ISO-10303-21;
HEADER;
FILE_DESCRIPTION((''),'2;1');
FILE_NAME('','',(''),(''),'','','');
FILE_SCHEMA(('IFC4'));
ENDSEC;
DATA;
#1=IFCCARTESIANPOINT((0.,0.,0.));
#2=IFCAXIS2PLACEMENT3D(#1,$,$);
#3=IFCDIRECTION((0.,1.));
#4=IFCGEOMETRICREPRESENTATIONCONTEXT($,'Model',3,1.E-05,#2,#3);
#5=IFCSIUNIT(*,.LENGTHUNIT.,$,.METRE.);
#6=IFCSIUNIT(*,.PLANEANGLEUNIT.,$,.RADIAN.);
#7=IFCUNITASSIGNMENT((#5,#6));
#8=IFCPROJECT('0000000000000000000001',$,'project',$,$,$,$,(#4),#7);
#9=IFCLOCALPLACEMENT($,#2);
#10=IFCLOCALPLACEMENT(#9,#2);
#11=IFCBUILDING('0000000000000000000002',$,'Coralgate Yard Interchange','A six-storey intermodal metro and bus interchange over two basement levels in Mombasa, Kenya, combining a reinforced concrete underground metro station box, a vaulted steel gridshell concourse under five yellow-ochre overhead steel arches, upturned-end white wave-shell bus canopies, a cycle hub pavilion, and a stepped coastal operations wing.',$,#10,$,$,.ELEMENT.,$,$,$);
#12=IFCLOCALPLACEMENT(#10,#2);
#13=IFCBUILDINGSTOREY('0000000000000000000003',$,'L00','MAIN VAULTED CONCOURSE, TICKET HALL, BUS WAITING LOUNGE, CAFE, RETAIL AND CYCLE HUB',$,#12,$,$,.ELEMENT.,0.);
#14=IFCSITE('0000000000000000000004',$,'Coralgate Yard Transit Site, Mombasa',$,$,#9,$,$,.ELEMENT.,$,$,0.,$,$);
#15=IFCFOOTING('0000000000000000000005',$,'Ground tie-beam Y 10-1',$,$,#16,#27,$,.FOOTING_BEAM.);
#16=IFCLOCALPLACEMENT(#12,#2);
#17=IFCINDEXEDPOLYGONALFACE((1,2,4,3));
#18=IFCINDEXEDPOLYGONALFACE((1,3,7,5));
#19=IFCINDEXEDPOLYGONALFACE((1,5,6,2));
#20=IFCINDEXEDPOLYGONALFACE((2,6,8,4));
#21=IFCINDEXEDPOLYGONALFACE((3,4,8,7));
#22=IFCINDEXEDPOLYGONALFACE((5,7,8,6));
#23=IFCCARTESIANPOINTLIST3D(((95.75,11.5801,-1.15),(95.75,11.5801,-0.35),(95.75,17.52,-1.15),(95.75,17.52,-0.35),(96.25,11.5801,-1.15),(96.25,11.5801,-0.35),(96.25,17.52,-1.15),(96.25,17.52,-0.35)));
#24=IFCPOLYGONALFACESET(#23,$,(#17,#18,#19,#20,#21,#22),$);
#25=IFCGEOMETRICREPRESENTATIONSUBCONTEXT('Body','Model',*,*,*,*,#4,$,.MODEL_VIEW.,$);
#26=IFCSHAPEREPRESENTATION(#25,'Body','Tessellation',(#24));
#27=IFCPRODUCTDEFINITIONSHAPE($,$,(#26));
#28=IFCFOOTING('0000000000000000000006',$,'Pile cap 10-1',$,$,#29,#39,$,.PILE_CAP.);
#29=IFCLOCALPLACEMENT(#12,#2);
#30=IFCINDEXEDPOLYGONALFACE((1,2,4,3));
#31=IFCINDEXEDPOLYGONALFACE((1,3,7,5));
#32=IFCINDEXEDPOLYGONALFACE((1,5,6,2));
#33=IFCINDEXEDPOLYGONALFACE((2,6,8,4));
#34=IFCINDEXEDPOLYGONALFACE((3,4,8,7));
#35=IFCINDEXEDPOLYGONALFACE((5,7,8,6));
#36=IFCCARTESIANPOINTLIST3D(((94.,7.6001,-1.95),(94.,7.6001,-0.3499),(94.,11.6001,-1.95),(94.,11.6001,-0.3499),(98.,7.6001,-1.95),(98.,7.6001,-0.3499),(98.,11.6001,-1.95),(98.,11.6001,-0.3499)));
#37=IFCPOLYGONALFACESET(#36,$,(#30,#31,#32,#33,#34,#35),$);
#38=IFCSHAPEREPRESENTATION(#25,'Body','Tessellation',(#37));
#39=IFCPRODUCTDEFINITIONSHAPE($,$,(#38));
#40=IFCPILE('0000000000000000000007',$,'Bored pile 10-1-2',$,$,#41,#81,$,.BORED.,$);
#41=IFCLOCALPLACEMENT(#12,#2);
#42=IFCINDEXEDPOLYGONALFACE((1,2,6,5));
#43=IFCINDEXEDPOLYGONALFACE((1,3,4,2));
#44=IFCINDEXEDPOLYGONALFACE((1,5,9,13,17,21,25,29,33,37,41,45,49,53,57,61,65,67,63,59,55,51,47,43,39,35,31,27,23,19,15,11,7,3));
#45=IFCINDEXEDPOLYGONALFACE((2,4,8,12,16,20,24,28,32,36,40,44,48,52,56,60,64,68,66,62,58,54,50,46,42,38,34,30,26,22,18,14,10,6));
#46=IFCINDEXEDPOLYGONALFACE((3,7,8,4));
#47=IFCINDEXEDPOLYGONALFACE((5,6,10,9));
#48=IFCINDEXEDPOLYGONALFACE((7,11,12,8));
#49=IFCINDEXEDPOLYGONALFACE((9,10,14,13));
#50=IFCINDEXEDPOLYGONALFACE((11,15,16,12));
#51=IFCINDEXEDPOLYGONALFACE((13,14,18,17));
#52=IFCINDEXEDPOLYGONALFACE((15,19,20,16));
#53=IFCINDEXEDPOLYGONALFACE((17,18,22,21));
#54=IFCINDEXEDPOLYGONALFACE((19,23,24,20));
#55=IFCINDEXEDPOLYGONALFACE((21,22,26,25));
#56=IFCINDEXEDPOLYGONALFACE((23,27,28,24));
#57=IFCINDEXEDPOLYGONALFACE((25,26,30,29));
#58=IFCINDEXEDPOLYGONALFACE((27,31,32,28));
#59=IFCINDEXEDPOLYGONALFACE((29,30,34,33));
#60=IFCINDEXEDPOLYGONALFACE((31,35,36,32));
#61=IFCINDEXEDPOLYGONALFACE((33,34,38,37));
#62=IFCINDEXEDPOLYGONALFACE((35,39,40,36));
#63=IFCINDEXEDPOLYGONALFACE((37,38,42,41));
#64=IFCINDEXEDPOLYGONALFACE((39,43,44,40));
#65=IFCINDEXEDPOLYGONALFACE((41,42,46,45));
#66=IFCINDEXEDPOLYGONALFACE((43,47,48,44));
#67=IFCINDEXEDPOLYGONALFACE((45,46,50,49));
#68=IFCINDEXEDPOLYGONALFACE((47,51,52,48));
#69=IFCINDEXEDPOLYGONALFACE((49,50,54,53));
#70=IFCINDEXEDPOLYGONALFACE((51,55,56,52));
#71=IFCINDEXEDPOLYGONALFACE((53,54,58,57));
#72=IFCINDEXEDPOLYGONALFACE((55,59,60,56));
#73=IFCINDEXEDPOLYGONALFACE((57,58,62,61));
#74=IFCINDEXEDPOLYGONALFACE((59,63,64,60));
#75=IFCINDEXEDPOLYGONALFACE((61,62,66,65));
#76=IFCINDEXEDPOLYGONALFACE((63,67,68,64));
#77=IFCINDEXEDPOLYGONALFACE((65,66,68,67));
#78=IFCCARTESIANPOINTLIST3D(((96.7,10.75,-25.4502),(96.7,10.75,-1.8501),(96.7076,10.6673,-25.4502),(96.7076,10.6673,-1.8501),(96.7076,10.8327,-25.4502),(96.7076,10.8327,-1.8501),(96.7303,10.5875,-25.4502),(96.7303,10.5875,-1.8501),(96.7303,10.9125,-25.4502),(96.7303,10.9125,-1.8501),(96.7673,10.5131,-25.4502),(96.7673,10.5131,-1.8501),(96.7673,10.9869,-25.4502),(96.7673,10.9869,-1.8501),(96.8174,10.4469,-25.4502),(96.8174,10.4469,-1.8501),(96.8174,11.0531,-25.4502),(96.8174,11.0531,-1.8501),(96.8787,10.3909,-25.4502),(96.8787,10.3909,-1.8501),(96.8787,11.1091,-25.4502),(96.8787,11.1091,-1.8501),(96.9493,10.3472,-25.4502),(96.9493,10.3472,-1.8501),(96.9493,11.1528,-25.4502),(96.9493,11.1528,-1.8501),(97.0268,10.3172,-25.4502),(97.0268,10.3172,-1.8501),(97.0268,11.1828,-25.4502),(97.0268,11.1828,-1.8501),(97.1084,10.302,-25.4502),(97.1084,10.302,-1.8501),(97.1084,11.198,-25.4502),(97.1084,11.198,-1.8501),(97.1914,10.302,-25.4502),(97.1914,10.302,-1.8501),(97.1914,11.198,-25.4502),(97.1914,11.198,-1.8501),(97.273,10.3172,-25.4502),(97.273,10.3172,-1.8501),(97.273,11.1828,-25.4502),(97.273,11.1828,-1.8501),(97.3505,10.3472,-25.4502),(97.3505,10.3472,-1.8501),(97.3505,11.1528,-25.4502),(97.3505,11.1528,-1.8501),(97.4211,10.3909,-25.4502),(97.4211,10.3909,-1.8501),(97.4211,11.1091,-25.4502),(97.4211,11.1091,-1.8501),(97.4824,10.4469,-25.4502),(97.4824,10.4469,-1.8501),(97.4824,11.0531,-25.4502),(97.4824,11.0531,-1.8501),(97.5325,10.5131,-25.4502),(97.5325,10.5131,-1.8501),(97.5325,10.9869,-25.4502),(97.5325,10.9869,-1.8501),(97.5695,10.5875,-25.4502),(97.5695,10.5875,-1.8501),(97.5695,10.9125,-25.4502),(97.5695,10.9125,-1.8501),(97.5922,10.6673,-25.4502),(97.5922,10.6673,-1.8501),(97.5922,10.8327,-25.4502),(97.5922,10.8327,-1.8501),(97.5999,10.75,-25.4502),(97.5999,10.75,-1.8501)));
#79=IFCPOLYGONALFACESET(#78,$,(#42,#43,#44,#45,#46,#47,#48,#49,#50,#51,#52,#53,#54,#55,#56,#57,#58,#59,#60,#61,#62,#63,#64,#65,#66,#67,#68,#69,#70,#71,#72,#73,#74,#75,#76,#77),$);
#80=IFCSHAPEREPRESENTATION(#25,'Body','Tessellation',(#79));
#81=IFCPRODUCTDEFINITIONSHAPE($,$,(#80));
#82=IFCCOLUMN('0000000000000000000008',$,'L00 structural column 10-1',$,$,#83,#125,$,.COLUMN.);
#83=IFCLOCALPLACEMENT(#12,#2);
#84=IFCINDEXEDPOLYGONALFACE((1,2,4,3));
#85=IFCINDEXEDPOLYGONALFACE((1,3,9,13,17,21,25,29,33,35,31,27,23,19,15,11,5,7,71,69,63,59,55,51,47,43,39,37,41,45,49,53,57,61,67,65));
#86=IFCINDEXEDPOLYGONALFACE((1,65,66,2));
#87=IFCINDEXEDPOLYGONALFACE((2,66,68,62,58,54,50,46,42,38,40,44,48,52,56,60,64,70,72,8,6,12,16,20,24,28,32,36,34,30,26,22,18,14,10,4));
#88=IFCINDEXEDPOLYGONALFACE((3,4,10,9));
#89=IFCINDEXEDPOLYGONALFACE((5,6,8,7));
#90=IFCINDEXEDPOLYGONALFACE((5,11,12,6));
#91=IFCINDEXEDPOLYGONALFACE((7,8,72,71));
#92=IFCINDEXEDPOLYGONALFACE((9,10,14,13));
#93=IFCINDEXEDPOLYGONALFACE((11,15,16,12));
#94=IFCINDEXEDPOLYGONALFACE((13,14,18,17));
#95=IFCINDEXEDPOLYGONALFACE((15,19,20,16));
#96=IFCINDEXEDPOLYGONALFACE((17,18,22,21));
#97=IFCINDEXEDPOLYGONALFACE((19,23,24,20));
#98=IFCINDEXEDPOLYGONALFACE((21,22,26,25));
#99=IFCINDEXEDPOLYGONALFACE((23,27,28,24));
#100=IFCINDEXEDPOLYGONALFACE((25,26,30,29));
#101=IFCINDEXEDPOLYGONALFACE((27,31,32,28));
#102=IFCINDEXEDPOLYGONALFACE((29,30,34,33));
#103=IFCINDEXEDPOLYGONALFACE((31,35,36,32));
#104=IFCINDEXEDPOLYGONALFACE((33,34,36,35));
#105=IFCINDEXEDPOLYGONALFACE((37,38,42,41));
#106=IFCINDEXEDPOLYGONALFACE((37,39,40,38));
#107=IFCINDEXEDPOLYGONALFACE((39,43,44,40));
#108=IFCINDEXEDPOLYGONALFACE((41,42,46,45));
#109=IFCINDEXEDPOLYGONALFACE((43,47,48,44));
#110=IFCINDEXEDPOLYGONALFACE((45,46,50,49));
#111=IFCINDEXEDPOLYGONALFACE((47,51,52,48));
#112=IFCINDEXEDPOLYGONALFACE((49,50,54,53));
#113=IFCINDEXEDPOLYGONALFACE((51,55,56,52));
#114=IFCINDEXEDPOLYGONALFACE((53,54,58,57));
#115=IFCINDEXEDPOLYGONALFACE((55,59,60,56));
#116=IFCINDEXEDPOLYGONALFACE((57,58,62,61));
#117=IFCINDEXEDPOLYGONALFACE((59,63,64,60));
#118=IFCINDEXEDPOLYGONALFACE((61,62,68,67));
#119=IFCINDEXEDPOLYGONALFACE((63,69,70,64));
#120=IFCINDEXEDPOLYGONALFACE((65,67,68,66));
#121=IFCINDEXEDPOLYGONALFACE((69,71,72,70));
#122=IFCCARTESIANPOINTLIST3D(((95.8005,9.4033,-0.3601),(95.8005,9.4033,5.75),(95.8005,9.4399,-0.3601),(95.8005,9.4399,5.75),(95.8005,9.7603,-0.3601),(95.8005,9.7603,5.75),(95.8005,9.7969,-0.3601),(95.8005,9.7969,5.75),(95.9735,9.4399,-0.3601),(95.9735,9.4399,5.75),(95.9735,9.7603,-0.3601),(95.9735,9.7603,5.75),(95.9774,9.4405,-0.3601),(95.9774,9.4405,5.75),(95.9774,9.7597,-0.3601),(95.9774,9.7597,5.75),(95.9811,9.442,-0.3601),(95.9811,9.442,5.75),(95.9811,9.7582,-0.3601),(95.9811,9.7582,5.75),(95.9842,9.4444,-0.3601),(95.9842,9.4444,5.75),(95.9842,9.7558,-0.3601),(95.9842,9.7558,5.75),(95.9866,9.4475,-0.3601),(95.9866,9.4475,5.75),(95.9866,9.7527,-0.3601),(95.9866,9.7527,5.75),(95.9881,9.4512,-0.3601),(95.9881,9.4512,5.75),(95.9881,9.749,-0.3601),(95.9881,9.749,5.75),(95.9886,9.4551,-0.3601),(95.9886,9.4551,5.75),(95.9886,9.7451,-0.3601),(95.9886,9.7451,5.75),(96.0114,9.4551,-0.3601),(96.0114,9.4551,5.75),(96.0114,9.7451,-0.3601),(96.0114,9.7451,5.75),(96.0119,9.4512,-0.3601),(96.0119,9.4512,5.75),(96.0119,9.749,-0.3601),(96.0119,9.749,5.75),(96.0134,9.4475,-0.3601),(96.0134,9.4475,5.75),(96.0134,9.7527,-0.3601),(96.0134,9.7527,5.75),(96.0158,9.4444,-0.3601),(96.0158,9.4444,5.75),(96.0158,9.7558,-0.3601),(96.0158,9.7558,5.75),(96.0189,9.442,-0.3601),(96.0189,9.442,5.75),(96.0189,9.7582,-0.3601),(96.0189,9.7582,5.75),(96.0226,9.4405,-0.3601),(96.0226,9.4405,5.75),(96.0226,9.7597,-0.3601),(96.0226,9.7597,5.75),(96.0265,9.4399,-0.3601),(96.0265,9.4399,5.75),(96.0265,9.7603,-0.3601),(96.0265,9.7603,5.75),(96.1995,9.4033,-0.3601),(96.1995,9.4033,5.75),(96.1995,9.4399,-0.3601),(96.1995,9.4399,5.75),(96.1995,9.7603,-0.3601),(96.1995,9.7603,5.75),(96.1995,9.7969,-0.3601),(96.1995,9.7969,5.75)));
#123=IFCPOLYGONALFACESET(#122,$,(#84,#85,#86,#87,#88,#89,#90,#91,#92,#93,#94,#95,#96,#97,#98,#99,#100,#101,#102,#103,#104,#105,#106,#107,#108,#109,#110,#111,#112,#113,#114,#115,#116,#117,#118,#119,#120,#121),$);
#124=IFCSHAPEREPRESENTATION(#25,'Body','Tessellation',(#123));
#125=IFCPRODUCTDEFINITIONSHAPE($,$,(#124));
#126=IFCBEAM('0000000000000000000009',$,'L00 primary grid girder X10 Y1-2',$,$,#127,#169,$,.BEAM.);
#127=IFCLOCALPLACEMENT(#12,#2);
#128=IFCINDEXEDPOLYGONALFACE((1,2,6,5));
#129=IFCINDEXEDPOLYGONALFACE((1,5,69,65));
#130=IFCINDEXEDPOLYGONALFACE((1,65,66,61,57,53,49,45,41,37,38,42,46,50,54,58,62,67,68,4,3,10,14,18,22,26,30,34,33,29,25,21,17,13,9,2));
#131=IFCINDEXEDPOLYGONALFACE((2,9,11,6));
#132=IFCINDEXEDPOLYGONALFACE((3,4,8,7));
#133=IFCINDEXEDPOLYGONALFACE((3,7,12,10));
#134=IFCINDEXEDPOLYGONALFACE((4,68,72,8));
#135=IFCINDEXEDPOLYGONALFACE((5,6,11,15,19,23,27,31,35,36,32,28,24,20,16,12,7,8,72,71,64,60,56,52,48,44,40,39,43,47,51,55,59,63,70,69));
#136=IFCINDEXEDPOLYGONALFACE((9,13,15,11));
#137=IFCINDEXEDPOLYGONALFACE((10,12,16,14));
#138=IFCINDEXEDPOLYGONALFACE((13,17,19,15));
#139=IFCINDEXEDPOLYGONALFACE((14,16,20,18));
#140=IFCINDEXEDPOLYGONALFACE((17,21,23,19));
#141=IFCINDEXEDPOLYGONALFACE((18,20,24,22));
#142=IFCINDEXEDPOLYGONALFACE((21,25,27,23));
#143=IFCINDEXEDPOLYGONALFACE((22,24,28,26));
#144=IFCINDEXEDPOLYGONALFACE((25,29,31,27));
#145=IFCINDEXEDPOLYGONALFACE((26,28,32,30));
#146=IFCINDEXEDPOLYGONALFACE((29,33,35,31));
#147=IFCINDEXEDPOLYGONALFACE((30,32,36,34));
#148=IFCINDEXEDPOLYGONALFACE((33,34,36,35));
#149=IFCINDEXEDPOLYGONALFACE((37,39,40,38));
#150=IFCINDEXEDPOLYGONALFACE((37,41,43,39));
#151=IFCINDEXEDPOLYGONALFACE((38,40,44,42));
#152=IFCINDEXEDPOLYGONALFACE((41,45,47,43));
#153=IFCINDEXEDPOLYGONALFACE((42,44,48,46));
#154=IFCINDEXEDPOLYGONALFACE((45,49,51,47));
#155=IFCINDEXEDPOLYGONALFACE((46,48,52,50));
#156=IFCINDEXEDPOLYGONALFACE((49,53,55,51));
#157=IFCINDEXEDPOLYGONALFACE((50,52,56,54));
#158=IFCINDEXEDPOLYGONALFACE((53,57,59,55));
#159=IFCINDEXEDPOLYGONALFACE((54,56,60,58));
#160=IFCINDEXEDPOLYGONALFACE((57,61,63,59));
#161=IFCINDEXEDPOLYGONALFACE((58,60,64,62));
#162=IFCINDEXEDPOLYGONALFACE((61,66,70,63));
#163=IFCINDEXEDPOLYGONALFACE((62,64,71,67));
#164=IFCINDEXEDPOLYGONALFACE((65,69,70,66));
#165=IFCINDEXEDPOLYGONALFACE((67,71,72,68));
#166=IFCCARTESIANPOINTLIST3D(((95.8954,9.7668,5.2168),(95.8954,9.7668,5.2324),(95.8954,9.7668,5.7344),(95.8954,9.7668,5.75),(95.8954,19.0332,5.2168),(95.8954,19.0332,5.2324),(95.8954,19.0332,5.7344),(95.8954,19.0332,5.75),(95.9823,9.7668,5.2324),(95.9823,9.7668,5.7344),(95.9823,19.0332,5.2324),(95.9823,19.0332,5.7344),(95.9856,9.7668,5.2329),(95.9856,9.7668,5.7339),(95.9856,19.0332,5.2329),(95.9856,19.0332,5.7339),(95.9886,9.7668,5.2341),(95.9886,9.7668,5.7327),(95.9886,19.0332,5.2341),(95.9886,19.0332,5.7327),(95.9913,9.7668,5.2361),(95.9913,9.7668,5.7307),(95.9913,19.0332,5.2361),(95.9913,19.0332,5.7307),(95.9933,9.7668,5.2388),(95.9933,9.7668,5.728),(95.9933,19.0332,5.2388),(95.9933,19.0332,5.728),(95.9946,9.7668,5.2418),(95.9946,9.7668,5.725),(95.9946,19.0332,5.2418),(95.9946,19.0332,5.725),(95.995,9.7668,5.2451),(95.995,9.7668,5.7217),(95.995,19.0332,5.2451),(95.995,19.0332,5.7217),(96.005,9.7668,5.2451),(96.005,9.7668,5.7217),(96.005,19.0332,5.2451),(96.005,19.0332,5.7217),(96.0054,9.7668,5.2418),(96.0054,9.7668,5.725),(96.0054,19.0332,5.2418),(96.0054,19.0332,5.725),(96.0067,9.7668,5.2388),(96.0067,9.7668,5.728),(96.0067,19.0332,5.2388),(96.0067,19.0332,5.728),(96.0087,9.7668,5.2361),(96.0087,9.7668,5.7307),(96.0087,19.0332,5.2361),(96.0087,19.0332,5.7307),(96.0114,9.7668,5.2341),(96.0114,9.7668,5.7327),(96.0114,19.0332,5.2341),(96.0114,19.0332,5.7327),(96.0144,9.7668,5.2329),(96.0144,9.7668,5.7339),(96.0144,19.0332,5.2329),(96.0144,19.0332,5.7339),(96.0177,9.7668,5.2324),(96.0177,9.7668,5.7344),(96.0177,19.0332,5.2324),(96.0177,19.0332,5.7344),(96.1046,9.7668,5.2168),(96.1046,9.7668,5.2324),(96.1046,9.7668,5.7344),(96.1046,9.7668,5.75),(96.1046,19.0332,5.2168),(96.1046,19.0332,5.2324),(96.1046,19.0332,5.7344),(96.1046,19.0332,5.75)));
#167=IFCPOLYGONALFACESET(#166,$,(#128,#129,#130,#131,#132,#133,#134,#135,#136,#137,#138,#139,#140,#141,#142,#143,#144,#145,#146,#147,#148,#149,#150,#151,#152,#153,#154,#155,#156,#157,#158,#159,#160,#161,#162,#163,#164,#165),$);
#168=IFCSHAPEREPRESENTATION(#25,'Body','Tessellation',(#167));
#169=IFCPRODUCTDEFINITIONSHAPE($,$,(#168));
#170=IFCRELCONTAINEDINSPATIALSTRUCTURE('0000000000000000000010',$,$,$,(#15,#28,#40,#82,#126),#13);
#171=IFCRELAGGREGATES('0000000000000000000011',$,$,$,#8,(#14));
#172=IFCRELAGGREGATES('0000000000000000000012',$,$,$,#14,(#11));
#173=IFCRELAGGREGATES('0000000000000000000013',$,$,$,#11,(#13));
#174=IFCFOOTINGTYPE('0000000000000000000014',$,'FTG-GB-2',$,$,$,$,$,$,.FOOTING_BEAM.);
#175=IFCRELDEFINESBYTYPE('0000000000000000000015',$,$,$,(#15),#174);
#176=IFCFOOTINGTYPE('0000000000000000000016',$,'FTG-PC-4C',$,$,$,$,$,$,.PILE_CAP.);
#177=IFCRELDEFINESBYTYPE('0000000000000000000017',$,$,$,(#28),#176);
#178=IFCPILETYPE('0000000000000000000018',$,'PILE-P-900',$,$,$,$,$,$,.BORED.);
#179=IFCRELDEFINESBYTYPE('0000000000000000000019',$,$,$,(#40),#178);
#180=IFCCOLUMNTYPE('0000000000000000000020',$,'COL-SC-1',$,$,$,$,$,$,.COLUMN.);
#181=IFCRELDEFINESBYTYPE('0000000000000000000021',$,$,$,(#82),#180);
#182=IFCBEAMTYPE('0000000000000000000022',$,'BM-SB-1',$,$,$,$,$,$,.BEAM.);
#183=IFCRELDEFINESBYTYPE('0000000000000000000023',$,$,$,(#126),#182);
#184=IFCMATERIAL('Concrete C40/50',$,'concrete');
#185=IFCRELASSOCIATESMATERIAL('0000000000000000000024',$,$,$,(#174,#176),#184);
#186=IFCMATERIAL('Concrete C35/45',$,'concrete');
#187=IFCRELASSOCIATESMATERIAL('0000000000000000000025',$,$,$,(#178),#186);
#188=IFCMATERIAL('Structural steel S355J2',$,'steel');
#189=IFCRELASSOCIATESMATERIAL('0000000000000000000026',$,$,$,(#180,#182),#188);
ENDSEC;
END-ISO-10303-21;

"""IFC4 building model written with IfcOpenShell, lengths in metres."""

from ifc_helpers import new_model, si_unit, direction, frame, origin, origin_2d, place, context, subcontext, project, spatial, rectangle, circle, i_section, extrude, material, material_profile, profile_set, type_object, element, save


model = new_model("IFC4")

# Units and contexts
model_context = context("Model", 3, precision=1e-05, world=origin(), true_north=direction((0.0, 1.0)))
body_context = subcontext(model_context, "Body", "Model", "MODEL_VIEW")
ifc_project = project(units=[si_unit("LENGTHUNIT", "METRE"), si_unit("PLANEANGLEUNIT", "RADIAN")], contexts=[model_context])

# Site, building, storey
site_placement = place(None, origin())
site = spatial("IfcSite", under=ifc_project, at=site_placement, Name="Coralgate Yard Transit Site, Mombasa", CompositionType="ELEMENT", RefElevation=0.0)
building_placement = place(site_placement, origin())
building = spatial("IfcBuilding", under=site, at=building_placement, Name="Coralgate Yard Interchange", Description="A six-storey intermodal metro and bus interchange over two basement levels in Mombasa, Kenya, combining a reinforced concrete underground metro station box, a vaulted steel gridshell concourse under five yellow-ochre overhead steel arches, upturned-end white wave-shell bus canopies, a cycle hub pavilion, and a stepped coastal operations wing.", CompositionType="ELEMENT")
storey_placement = place(building_placement, origin())
storey = spatial("IfcBuildingStorey", under=building, at=storey_placement, Name="L00", Description="MAIN VAULTED CONCOURSE, TICKET HALL, BUS WAITING LOUNGE, CAFE, RETAIL AND CYCLE HUB", CompositionType="ELEMENT", Elevation=0.0)

# Footings
ifc_material_1 = material(Name="Concrete C40/50", Category="concrete")
ifc_material_profile_1 = material_profile(ifc_material_1, rectangle(XDim=0.5, YDim=0.8, at=origin_2d()), Name="RC 500x800")
ifc_profile_set_1 = profile_set([ifc_material_profile_1], Name="Concrete C40/50")
footing_type_1 = type_object("IfcFootingType", Name="FTG-GB-2", PredefinedType="FOOTING_BEAM", material=ifc_profile_set_1)
footing_1_placement = place(storey_placement, frame((96.0, 11.5801, -0.75), z_axis=(0.0, 1.0, 0.0), x_axis=(-1.0, 0.0, 0.0)))
element("IfcFooting", 1, at=footing_1_placement, inside=storey, type_object=footing_type_1, Name="Ground tie-beam Y 10-1", PredefinedType="FOOTING_BEAM", context=body_context, shape_type="SweptSolid", body=[
    extrude(rectangle(XDim=0.5, YDim=0.8, at=origin_2d()), origin(), (0.0, 0.0, 1.0), 5.9399),
])
footing_type_2 = type_object("IfcFootingType", Name="FTG-PC-4C", PredefinedType="PILE_CAP", material=ifc_material_1)
footing_2_placement = place(storey_placement, frame((96.0, 9.6001, -1.95), z_axis=(0.0, 0.0, 1.0), x_axis=(1.0, 0.0, 0.0)))
element("IfcFooting", 2, at=footing_2_placement, inside=storey, type_object=footing_type_2, Name="Pile cap 10-1", PredefinedType="PILE_CAP", context=body_context, shape_type="SweptSolid", body=[
    extrude(rectangle(XDim=4.0, YDim=4.0, at=origin_2d()), origin(), (0.0, 0.0, 1.0), 1.6001),
])

# Pile
ifc_material_2 = material(Name="Concrete C35/45", Category="concrete")
ifc_material_profile_2 = material_profile(ifc_material_2, circle(Radius=0.45, at=origin_2d()), Name="BORED PILE D900")
ifc_profile_set_2 = profile_set([ifc_material_profile_2], Name="Concrete C35/45")
pile_type = type_object("IfcPileType", Name="PILE-P-900", PredefinedType="BORED", material=ifc_profile_set_2)
pile_placement = place(storey_placement, frame((97.1499, 10.75, -1.8501), z_axis=(0.0, 0.0, -1.0), x_axis=(1.0, 0.0, 0.0)))
element("IfcPile", 3, at=pile_placement, inside=storey, type_object=pile_type, Name="Bored pile 10-1-2", PredefinedType="BORED", context=body_context, shape_type="SweptSolid", body=[
    extrude(circle(Radius=0.45, at=origin_2d()), origin(), (0.0, 0.0, 1.0), 23.6001),
])

# Column
ifc_material_3 = material(Name="Structural steel S355J2", Category="steel")
ifc_material_profile_3 = material_profile(ifc_material_3, i_section(OverallWidth=0.3989, OverallDepth=0.3936, WebThickness=0.0227, FlangeThickness=0.0366, FilletRadius=0.0151, at=origin_2d()), Name="UC 356x406x287")
ifc_profile_set_3 = profile_set([ifc_material_profile_3], Name="Structural steel S355J2")
column_type = type_object("IfcColumnType", Name="COL-SC-1", PredefinedType="COLUMN", material=ifc_profile_set_3)
column_placement = place(storey_placement, frame((96.0, 9.6001, -0.3601), z_axis=(0.0, 0.0, 1.0), x_axis=(1.0, 0.0, 0.0)))
element("IfcColumn", 4, at=column_placement, inside=storey, type_object=column_type, Name="L00 structural column 10-1", PredefinedType="COLUMN", context=body_context, shape_type="SweptSolid", body=[
    extrude(i_section(OverallWidth=0.3989, OverallDepth=0.3936, WebThickness=0.0227, FlangeThickness=0.0366, FilletRadius=0.0151, at=origin_2d()), origin(), (0.0, 0.0, 1.0), 6.1101),
])

# Beam
ifc_material_profile_4 = material_profile(ifc_material_3, i_section(OverallWidth=0.2092, OverallDepth=0.5332, WebThickness=0.01, FlangeThickness=0.0156, FilletRadius=0.0127, at=origin_2d()), Name="UB 533x210x92")
ifc_profile_set_4 = profile_set([ifc_material_profile_4], Name="Structural steel S355J2")
beam_type = type_object("IfcBeamType", Name="BM-SB-1", PredefinedType="BEAM", material=ifc_profile_set_4)
beam_placement = place(storey_placement, frame((96.0, 9.7668, 5.4834), z_axis=(0.0, 1.0, 0.0), x_axis=(-1.0, 0.0, 0.0)))
element("IfcBeam", 5, at=beam_placement, inside=storey, type_object=beam_type, Name="L00 primary grid girder X10 Y1-2", PredefinedType="BEAM", context=body_context, shape_type="SweptSolid", body=[
    extrude(i_section(OverallWidth=0.2092, OverallDepth=0.5332, WebThickness=0.01, FlangeThickness=0.0156, FilletRadius=0.0127, at=origin_2d()), origin(), (0.0, 0.0, 1.0), 9.2664),
])

save(model, "model.ifc")
